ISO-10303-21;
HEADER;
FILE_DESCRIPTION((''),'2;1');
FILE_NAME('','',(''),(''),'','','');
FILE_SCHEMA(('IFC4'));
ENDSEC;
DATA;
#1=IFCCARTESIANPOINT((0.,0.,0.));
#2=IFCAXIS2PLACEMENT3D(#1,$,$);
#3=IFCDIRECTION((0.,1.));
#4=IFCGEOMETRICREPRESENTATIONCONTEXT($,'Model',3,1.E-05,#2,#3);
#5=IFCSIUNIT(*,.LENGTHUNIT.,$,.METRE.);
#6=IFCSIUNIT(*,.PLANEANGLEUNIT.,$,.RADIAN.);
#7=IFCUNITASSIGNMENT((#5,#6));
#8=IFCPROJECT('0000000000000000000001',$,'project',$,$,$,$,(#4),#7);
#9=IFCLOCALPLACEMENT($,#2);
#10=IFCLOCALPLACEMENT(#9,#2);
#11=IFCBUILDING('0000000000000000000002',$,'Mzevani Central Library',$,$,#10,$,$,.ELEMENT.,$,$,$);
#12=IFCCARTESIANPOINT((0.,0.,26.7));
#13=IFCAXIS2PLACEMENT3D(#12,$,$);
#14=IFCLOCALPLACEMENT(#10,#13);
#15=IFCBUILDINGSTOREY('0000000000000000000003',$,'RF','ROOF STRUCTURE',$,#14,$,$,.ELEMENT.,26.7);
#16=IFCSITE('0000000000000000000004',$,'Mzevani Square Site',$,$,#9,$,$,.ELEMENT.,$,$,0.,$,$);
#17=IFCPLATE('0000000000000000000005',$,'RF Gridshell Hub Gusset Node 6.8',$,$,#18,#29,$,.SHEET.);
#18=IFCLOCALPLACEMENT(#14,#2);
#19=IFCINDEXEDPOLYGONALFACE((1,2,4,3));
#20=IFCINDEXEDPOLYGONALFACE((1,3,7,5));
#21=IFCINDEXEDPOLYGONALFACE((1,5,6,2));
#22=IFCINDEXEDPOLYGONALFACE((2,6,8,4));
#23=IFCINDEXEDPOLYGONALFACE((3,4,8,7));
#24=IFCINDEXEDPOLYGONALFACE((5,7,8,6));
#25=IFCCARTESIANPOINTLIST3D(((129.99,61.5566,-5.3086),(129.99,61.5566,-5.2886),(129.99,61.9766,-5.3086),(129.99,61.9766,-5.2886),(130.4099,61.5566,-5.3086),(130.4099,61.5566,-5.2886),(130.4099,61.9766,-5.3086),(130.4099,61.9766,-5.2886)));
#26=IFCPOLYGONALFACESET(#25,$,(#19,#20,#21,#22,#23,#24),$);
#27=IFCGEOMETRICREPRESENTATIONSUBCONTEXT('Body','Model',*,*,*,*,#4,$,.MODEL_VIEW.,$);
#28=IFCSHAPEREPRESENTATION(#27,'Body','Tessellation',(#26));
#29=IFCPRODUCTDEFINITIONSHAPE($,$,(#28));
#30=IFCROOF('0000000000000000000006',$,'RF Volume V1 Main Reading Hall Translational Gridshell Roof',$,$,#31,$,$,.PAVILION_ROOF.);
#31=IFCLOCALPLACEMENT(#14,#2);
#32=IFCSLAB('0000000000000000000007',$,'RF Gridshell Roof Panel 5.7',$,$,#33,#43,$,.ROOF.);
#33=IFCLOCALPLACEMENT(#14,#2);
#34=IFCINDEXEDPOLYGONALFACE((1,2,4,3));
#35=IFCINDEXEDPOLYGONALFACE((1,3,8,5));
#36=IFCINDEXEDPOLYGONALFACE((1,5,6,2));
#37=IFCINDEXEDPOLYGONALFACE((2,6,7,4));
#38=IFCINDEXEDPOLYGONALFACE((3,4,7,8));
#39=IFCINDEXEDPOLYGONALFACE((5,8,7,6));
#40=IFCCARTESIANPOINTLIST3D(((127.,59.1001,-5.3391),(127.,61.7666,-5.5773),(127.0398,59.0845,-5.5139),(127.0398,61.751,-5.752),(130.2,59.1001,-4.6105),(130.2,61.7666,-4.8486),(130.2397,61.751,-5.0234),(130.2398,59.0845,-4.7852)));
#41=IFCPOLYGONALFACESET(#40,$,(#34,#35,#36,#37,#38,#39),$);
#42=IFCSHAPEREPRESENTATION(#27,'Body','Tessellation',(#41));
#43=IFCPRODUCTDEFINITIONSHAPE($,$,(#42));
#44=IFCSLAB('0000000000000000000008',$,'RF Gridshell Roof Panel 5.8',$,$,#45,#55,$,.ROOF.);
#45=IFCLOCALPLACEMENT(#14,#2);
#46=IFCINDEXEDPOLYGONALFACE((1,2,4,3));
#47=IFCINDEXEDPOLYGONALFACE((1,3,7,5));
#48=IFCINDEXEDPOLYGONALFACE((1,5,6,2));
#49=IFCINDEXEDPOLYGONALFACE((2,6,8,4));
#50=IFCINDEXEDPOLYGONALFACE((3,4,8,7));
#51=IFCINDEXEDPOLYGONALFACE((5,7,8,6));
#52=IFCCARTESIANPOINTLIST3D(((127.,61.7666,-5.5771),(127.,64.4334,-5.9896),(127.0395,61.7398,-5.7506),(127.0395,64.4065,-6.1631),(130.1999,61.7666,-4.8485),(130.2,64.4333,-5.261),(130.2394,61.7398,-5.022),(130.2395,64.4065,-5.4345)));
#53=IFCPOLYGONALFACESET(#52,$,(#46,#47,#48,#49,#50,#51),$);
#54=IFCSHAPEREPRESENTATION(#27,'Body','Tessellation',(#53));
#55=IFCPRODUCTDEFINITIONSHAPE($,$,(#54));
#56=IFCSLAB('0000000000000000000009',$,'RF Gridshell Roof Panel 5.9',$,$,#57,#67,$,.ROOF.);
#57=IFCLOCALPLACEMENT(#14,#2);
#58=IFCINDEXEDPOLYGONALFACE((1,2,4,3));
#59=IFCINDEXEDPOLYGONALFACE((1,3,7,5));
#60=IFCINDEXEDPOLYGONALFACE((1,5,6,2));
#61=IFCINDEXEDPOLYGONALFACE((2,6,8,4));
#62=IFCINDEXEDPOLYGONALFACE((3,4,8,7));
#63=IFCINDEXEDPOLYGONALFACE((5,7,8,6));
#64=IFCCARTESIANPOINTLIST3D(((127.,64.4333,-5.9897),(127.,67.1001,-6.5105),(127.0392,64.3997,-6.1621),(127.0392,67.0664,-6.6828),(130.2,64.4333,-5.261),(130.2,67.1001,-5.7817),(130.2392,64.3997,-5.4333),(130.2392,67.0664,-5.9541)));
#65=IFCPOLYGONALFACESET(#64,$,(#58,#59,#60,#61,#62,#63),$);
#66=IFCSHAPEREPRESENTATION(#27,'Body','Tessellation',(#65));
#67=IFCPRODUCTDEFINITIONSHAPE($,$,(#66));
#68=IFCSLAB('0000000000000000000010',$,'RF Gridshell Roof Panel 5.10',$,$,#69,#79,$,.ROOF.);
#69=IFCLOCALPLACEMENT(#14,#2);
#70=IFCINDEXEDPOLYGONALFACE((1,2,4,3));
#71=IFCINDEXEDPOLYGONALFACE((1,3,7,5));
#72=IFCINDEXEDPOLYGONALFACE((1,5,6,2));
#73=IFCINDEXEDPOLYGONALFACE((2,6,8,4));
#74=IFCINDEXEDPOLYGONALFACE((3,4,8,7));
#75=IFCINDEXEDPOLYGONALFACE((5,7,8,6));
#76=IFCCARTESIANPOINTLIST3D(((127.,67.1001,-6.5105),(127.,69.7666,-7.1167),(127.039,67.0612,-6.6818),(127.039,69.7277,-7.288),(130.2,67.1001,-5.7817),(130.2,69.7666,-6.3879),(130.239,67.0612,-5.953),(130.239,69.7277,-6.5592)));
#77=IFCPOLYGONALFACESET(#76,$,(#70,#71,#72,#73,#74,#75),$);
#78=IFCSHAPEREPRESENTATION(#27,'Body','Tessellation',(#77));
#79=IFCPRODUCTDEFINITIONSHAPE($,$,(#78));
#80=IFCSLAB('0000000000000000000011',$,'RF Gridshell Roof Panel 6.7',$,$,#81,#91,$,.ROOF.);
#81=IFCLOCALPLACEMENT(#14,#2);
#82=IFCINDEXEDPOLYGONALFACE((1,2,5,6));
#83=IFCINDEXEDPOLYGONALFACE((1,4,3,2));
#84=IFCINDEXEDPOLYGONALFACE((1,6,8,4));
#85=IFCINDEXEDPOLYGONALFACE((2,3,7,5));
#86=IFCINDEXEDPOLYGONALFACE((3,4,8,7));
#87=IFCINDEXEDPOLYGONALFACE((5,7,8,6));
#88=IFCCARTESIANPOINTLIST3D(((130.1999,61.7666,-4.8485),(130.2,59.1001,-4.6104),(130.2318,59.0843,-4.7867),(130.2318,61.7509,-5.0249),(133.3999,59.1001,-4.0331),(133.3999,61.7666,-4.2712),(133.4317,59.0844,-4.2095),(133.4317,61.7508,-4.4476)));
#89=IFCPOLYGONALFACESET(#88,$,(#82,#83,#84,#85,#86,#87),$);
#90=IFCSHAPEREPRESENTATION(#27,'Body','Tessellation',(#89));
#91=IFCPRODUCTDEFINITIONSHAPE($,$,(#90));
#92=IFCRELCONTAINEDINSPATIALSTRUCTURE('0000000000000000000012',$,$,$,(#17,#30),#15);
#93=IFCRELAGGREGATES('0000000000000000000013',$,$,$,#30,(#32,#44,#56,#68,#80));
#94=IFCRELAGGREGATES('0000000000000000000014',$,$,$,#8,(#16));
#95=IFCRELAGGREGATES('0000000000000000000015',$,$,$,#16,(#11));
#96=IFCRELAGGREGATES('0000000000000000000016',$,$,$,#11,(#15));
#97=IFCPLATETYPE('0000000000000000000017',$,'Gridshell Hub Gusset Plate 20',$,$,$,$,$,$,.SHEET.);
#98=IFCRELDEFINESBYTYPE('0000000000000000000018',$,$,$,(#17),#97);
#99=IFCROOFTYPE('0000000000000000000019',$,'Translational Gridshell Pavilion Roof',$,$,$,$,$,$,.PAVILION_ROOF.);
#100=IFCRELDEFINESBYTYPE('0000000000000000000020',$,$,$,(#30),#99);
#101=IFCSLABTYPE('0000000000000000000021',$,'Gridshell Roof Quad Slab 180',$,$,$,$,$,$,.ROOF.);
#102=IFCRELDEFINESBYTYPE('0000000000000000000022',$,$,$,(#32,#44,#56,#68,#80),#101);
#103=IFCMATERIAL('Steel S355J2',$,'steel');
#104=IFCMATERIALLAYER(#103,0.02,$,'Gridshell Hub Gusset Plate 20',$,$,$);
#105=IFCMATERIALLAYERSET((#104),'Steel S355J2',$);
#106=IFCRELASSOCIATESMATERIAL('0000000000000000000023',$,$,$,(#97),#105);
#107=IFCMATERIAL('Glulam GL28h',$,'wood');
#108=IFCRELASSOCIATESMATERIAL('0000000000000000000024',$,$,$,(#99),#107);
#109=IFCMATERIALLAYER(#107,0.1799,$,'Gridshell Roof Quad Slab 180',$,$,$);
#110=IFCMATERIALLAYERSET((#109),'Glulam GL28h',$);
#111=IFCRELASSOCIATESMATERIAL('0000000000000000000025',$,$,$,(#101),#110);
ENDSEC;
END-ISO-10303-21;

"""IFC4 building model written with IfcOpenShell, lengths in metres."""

from ifc_helpers import new_model, si_unit, direction, frame, origin, origin_2d, place, context, subcontext, project, spatial, polyline, rectangle, outline, extrude, material, layer, layer_set, type_object, element, aggregate, save


model = new_model("IFC4")

# Units and contexts
model_context = context("Model", 3, precision=1e-05, world=origin(), true_north=direction((0.0, 1.0)))
body_context = subcontext(model_context, "Body", "Model", "MODEL_VIEW")
ifc_project = project(units=[si_unit("LENGTHUNIT", "METRE"), si_unit("PLANEANGLEUNIT", "RADIAN")], contexts=[model_context])

# Site, building, storey
site_placement = place(None, origin())
site = spatial("IfcSite", under=ifc_project, at=site_placement, Name="Mzevani Square Site", CompositionType="ELEMENT", RefElevation=0.0)
building_placement = place(site_placement, origin())
building = spatial("IfcBuilding", under=site, at=building_placement, Name="Mzevani Central Library", CompositionType="ELEMENT")
storey_placement = place(building_placement, frame((0.0, 0.0, 26.7)))
storey = spatial("IfcBuildingStorey", under=building, at=storey_placement, Name="RF", Description="ROOF STRUCTURE", CompositionType="ELEMENT", Elevation=26.7)

# Shared definitions
ifc_material_1 = material(Name="Steel S355J2", Category="steel")
ifc_material_2 = material(Name="Glulam GL28h", Category="wood")

# Plate
ifc_layer_1 = layer(ifc_material_1, 0.02, Name="Gridshell Hub Gusset Plate 20")
ifc_layer_set_1 = layer_set([ifc_layer_1], Name="Steel S355J2")
plate_type = type_object("IfcPlateType", Name="Gridshell Hub Gusset Plate 20", PredefinedType="SHEET", material=ifc_layer_set_1)
for number, where, z_axis, x_axis, name in (
    (1, (130.2, 61.7666, -5.3086), (0.0, 0.0, 1.0), (1.0, 0.0, 0.0), "RF Gridshell Hub Gusset Node 6.8"),
):
    element("IfcPlate", number, at=place(storey_placement, frame(where, z_axis=z_axis, x_axis=x_axis)), inside=storey, type_object=plate_type, Name=name, PredefinedType="SHEET", context=body_context, shape_type="SweptSolid", body=[
        extrude(rectangle(XDim=0.4199, YDim=0.4199, at=origin_2d()), origin(), (0.0, 0.0, 1.0), 0.02),
    ])

# Roof, slabs
roof_type = type_object("IfcRoofType", Name="Translational Gridshell Pavilion Roof", PredefinedType="PAVILION_ROOF", material=ifc_material_2)
roof_placement = place(storey_placement, origin())
roof = element("IfcRoof", 2, at=roof_placement, inside=storey, type_object=roof_type, Name="RF Volume V1 Main Reading Hall Translational Gridshell Roof", PredefinedType="PAVILION_ROOF")
ifc_layer_2 = layer(ifc_material_2, 0.1799, Name="Gridshell Roof Quad Slab 180")
ifc_layer_set_2 = layer_set([ifc_layer_2], Name="Glulam GL28h")
slab_type = type_object("IfcSlabType", Name="Gridshell Roof Quad Slab 180", PredefinedType="ROOF", material=ifc_layer_set_2)
slab_1_placement = place(storey_placement, frame((127.0, 59.1001, -5.3391), z_axis=(-0.221183, 0.086758, 0.971366), x_axis=(0.975042, -0.000003, 0.22202)))
slab_1 = element("IfcSlab", 3, at=slab_1_placement, type_object=slab_type, Name="RF Gridshell Roof Panel 5.7", PredefinedType="ROOF", context=body_context, shape_type="SweptSolid", body=[
    extrude(outline(polyline([(0.0, 0.0), (3.2819, 0.0), (3.229, 2.6766), (-0.0529, 2.6766), (0.0, 0.0)])), origin(), (0.0, 0.0, -1.0), 0.1799),
])
slab_2_placement = place(storey_placement, frame((127.0, 61.7666, -5.5771), z_axis=(-0.219537, 0.149127, 0.964139), x_axis=(0.975042, 0.000005, 0.222019)))
slab_2 = element("IfcSlab", 4, at=slab_2_placement, type_object=slab_type, Name="RF Gridshell Roof Panel 5.8", PredefinedType="ROOF", context=body_context, shape_type="SweptSolid", body=[
    extrude(outline(polyline([(0.0, 0.0), (3.2818, 0.0), (3.1903, 2.6969), (-0.0916, 2.6969), (0.0, 0.0)])), origin(), (0.0, 0.0, -1.0), 0.1799),
])
slab_3_placement = place(storey_placement, frame((127.0, 64.4333, -5.9897), z_axis=(-0.218136, 0.187041, 0.957827), x_axis=(0.975034, 0.0, 0.222055)))
slab_3 = element("IfcSlab", 5, at=slab_3_placement, type_object=slab_type, Name="RF Gridshell Roof Panel 5.9", PredefinedType="ROOF", context=body_context, shape_type="SweptSolid", body=[
    extrude(outline(polyline([(0.0, 0.0), (3.2819, 0.0), (3.1663, 2.7147), (-0.1156, 2.7147), (0.0, 0.0)])), origin(), (0.0, 0.0, -1.0), 0.1799),
])
slab_4_placement = place(storey_placement, frame((127.0, 67.1001, -6.5105), z_axis=(-0.216793, 0.216411, 0.951928), x_axis=(0.975034, 0.0, 0.222055)))
slab_4 = element("IfcSlab", 6, at=slab_4_placement, type_object=slab_type, Name="RF Gridshell Roof Panel 5.10", PredefinedType="ROOF", context=body_context, shape_type="SweptSolid", body=[
    extrude(outline(polyline([(0.0, 0.0), (3.2819, 0.0), (3.1473, 2.7312), (-0.1346, 2.7312), (0.0, 0.0)])), origin(), (0.0, 0.0, -1.0), 0.1799),
])
slab_5_placement = place(storey_placement, frame((130.2, 59.1001, -4.6104), z_axis=(-0.176852, 0.087559, 0.980335), x_axis=(0.984115, 0.000003, 0.177534)))
slab_5 = element("IfcSlab", 7, at=slab_5_placement, type_object=slab_type, Name="RF Gridshell Roof Panel 6.7", PredefinedType="ROOF", context=body_context, shape_type="SweptSolid", body=[
    extrude(outline(polyline([(0.0, 0.0), (3.2516, 0.0), (3.2093, 2.6768), (-0.0423, 2.6768), (0.0, 0.0)])), origin(), (0.0, 0.0, -1.0), 0.1799),
])
aggregate(roof, [slab_1, slab_2, slab_3, slab_4, slab_5])

save(model, "model.ifc")
